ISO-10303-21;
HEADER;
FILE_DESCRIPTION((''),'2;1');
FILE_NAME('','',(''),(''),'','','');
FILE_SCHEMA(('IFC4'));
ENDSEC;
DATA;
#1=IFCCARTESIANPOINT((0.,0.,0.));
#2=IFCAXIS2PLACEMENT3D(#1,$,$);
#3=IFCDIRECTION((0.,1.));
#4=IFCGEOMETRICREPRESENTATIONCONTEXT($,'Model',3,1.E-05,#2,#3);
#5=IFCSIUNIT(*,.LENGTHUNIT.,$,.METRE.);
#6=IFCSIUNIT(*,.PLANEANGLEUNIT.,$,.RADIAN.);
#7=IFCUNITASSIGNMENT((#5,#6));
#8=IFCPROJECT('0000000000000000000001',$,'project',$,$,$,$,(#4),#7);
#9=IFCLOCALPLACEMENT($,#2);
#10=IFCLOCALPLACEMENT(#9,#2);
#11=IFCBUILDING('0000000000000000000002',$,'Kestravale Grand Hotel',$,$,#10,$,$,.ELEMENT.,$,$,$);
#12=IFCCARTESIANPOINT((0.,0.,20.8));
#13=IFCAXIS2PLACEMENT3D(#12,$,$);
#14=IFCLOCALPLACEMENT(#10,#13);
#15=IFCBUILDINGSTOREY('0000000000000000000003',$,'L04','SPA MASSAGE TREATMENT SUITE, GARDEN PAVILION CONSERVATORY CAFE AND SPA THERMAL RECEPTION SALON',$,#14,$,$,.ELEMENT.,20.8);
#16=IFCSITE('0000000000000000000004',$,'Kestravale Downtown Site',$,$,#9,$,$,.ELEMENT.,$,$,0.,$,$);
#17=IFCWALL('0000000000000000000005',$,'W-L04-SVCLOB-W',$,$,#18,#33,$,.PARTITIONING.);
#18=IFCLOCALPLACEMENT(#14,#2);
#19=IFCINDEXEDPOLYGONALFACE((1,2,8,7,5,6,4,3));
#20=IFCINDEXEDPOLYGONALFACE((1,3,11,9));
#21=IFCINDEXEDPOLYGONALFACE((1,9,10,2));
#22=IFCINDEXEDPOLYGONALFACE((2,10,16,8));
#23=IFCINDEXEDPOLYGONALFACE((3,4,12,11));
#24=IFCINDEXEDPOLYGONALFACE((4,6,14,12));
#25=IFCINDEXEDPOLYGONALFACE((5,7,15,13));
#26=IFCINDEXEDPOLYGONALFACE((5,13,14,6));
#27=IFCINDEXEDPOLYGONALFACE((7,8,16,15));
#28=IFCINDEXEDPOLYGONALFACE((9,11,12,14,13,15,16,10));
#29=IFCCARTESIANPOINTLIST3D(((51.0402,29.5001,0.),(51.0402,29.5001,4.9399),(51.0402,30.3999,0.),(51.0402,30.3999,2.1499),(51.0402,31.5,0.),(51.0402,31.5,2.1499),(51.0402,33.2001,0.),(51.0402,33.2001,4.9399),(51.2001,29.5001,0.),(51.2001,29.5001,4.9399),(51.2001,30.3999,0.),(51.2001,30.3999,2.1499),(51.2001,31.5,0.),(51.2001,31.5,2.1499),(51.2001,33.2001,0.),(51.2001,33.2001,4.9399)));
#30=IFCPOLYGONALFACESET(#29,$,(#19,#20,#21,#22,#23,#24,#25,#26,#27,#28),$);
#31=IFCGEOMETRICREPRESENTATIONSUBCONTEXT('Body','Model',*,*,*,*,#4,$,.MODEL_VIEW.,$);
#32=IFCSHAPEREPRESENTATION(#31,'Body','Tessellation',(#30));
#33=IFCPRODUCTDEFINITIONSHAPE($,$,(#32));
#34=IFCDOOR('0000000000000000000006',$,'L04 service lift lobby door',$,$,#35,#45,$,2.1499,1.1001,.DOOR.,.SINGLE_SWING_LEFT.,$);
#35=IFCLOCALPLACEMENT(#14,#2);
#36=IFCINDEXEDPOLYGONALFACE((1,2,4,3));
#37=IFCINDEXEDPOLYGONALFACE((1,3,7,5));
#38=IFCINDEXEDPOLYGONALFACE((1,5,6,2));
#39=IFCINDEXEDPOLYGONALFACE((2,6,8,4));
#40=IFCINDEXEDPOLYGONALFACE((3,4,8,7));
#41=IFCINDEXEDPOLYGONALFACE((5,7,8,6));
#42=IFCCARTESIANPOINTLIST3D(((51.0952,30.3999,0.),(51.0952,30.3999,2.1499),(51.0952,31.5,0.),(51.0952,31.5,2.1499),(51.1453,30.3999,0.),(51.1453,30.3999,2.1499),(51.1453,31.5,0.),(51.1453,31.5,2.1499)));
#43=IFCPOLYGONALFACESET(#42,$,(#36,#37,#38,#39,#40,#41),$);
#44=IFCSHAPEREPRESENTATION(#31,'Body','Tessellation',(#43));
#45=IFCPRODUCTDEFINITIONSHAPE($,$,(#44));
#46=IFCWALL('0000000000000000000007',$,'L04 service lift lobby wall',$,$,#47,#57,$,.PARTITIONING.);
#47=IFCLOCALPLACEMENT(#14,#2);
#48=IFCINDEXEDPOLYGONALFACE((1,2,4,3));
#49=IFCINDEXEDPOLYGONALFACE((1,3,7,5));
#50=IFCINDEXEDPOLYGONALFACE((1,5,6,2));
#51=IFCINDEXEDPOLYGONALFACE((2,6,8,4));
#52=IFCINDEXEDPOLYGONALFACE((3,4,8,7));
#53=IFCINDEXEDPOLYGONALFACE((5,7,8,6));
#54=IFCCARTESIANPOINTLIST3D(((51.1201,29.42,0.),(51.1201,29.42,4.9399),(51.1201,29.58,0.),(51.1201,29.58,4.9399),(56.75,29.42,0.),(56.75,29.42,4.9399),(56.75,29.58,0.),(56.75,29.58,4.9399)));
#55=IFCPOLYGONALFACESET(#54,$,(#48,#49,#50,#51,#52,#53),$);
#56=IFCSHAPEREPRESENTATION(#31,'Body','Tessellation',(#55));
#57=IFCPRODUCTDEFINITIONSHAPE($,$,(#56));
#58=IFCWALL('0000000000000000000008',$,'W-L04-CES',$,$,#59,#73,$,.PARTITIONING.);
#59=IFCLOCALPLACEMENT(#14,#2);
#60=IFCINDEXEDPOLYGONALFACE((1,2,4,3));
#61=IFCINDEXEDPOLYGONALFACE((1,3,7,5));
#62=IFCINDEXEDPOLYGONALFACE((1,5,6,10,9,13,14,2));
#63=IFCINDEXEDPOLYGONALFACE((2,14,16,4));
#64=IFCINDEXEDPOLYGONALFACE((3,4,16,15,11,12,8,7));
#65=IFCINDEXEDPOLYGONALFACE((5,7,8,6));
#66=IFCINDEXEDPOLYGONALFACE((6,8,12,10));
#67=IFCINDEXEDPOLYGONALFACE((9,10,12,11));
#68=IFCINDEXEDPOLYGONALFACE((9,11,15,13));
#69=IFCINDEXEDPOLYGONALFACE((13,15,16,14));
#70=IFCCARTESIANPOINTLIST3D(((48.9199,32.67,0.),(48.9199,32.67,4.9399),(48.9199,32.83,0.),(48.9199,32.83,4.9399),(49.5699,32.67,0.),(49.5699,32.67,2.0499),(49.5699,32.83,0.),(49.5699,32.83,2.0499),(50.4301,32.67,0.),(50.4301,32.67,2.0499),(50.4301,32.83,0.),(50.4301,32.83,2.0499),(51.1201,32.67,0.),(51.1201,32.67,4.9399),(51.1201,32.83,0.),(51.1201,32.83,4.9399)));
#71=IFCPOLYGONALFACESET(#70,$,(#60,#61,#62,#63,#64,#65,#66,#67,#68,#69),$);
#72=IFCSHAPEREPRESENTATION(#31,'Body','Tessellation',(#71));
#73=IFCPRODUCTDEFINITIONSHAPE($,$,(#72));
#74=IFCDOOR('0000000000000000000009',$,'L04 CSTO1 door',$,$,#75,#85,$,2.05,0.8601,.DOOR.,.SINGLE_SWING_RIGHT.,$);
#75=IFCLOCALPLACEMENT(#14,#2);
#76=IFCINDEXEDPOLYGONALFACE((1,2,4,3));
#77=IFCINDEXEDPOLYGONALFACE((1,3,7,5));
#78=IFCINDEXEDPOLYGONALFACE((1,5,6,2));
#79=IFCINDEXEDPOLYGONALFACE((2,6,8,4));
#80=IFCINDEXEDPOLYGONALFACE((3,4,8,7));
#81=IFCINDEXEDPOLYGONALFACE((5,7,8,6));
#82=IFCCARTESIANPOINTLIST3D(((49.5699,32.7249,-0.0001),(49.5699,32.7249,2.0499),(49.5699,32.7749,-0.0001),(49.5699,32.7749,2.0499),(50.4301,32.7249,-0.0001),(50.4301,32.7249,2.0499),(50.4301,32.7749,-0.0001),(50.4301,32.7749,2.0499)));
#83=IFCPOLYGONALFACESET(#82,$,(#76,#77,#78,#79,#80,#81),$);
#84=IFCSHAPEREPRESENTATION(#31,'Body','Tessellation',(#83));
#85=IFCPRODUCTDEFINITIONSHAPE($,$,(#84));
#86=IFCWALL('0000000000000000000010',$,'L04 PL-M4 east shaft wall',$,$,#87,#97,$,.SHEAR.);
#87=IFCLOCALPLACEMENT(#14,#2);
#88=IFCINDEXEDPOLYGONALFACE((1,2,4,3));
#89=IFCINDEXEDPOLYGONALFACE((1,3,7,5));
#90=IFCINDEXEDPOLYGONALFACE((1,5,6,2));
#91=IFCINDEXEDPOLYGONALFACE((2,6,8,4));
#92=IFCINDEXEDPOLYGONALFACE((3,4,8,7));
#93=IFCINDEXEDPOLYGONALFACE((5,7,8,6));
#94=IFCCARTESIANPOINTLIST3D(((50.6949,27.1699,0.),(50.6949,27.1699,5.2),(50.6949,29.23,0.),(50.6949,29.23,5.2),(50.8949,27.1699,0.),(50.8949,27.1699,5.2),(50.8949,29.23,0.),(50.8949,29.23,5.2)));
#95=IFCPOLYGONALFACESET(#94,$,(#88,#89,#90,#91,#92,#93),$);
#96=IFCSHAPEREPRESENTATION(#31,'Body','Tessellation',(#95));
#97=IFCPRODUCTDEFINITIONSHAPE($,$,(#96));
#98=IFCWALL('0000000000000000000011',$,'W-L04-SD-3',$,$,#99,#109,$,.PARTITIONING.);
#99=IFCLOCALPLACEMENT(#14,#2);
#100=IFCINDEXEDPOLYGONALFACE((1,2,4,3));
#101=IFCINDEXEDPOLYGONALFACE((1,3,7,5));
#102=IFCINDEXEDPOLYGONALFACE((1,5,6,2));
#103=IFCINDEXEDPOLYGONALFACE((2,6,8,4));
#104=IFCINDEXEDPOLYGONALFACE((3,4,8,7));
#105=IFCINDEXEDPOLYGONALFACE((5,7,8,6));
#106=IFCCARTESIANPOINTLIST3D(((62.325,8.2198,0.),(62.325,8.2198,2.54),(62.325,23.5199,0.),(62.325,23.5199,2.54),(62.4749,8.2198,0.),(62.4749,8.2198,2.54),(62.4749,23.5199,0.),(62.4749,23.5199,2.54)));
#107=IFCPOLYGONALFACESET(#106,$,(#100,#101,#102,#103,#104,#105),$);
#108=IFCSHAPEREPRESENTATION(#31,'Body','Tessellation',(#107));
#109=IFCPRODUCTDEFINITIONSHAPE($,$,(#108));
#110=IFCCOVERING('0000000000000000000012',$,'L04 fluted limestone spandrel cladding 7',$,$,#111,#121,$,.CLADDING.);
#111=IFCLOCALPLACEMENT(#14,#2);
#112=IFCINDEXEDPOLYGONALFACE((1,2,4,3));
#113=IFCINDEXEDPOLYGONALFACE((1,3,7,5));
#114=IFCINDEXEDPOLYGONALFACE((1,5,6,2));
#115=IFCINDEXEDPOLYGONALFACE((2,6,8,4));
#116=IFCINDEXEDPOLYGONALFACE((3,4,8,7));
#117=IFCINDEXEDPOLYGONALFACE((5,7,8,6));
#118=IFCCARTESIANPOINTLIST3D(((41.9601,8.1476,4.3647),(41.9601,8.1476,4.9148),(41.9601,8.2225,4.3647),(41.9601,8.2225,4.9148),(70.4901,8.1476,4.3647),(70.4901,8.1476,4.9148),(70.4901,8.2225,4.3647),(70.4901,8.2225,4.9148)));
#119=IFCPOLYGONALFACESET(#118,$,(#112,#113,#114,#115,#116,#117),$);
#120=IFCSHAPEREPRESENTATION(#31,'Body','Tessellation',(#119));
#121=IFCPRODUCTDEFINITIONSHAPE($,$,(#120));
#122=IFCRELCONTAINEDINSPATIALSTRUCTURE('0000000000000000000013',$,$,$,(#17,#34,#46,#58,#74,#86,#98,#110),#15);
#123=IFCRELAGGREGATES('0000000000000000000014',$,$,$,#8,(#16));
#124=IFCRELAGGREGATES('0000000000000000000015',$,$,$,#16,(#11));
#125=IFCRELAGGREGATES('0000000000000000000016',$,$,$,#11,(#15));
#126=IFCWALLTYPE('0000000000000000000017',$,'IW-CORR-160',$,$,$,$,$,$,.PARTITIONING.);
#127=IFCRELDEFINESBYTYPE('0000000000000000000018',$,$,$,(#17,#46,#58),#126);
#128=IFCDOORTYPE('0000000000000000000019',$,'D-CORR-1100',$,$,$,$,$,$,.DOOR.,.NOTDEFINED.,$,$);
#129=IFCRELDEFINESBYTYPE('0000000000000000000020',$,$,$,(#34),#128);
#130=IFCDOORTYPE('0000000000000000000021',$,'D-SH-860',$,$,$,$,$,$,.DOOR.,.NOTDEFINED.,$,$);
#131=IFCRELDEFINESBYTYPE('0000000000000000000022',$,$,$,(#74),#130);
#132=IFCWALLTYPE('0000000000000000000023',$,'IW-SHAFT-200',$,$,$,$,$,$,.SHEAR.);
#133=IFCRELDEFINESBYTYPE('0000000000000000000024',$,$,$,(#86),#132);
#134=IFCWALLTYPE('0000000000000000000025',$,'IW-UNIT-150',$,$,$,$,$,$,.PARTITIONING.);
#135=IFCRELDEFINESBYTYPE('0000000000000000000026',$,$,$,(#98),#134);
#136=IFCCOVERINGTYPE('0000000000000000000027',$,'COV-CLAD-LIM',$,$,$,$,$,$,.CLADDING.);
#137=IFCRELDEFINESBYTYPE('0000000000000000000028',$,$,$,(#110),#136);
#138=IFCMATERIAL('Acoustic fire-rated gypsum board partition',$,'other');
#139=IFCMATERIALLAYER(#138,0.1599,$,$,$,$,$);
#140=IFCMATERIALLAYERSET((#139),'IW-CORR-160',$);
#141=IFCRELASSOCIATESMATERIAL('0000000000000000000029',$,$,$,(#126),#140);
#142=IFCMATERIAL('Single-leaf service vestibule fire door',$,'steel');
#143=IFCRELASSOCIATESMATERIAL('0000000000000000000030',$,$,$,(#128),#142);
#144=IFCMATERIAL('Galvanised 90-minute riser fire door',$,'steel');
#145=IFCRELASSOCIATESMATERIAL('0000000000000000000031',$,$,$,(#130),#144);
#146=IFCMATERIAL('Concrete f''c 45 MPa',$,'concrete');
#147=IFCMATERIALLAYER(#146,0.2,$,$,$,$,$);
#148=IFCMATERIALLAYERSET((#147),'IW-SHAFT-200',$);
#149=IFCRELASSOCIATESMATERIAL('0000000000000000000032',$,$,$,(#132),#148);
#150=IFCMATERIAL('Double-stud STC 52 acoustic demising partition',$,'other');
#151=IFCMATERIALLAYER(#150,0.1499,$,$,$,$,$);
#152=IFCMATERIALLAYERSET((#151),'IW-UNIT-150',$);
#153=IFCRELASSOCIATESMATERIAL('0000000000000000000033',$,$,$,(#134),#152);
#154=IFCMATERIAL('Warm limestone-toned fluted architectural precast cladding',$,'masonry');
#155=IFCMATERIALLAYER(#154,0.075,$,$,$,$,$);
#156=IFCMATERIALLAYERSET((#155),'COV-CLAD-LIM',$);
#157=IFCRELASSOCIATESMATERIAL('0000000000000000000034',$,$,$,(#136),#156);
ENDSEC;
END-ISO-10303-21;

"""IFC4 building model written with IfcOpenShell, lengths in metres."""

from ifc_helpers import new_model, si_unit, direction, frame, frame_2d, origin, origin_2d, place, context, subcontext, project, spatial, rectangle, extrude, material, layer, layer_set, type_object, element, fill, save


model = new_model("IFC4")

# Units and contexts
model_context = context("Model", 3, precision=1e-05, world=origin(), true_north=direction((0.0, 1.0)))
body_context = subcontext(model_context, "Body", "Model", "MODEL_VIEW")
ifc_project = project(units=[si_unit("LENGTHUNIT", "METRE"), si_unit("PLANEANGLEUNIT", "RADIAN")], contexts=[model_context])

# Site, building, storey
site_placement = place(None, origin())
site = spatial("IfcSite", under=ifc_project, at=site_placement, Name="Kestravale Downtown Site", CompositionType="ELEMENT", RefElevation=0.0)
building_placement = place(site_placement, origin())
building = spatial("IfcBuilding", under=site, at=building_placement, Name="Kestravale Grand Hotel", CompositionType="ELEMENT")
storey_placement = place(building_placement, frame((0.0, 0.0, 20.8)))
storey = spatial("IfcBuildingStorey", under=building, at=storey_placement, Name="L04", Description="SPA MASSAGE TREATMENT SUITE, GARDEN PAVILION CONSERVATORY CAFE AND SPA THERMAL RECEPTION SALON", CompositionType="ELEMENT", Elevation=20.8)

# Wall, opening, door
ifc_material_1 = material(Name="Acoustic fire-rated gypsum board partition", Category="other")
ifc_layer_1 = layer(ifc_material_1, 0.1599)
ifc_layer_set_1 = layer_set([ifc_layer_1], Name="IW-CORR-160")
wall_type_1 = type_object("IfcWallType", Name="IW-CORR-160", PredefinedType="PARTITIONING", material=ifc_layer_set_1)
wall_1_placement = place(storey_placement, frame((51.1201, 29.5, 0.0), z_axis=(0.0, 0.0, 1.0), x_axis=(0.0, 1.0, 0.0)))
wall_1 = element("IfcWall", 1, at=wall_1_placement, inside=storey, type_object=wall_type_1, Name="W-L04-SVCLOB-W", PredefinedType="PARTITIONING", context=body_context, shape_type="SweptSolid", body=[
    extrude(rectangle(XDim=3.7, YDim=0.1599, at=frame_2d((1.8501, 0.0))), origin(), (0.0, 0.0, 1.0), 4.9399),
])
opening_1_placement = place(wall_1_placement, frame((0.8999, 0.0, 0.0)))
opening_1 = element("IfcOpeningElement", 2, at=opening_1_placement, cuts=wall_1, PredefinedType="OPENING", context=body_context, shape_type="SweptSolid", body=[
    extrude(rectangle(XDim=1.1001, YDim=2.1499, at=frame_2d((0.55, 1.075))), frame((0.0, 0.0898, 0.0), z_axis=(0.0, -1.0, 0.0), x_axis=(1.0, 0.0, 0.0)), (0.0, 0.0, 1.0), 0.1799),
])
ifc_material_2 = material(Name="Single-leaf service vestibule fire door", Category="steel")
door_type_1 = type_object("IfcDoorType", Name="D-CORR-1100", OperationType="NOTDEFINED", PredefinedType="DOOR", material=ifc_material_2)
door_1_placement = place(opening_1_placement, origin())
door_1 = element("IfcDoor", 3, at=door_1_placement, inside=storey, type_object=door_type_1, Name="L04 service lift lobby door", OperationType="SINGLE_SWING_LEFT", OverallHeight=2.1499, OverallWidth=1.1001, PredefinedType="DOOR", context=body_context, shape_type="SweptSolid", body=[
    extrude(rectangle(XDim=1.1001, YDim=2.1499, at=frame_2d((0.55, 1.075))), frame((0.0, 0.0249, 0.0), z_axis=(0.0, -1.0, 0.0), x_axis=(1.0, 0.0, 0.0)), (0.0, 0.0, 1.0), 0.05),
])
fill(opening_1, door_1)

# Wall
wall_2_placement = place(storey_placement, frame((51.1201, 29.5, 0.0), z_axis=(0.0, 0.0, 1.0), x_axis=(1.0, 0.0, 0.0)))
element("IfcWall", 4, at=wall_2_placement, inside=storey, type_object=wall_type_1, Name="L04 service lift lobby wall", PredefinedType="PARTITIONING", context=body_context, shape_type="SweptSolid", body=[
    extrude(rectangle(XDim=5.6299, YDim=0.1599, at=frame_2d((2.8149, 0.0))), origin(), (0.0, 0.0, 1.0), 4.9399),
])

# Wall, opening, door
wall_3_placement = place(storey_placement, frame((48.9199, 32.75, 0.0), z_axis=(0.0, 0.0, 1.0), x_axis=(1.0, 0.0, 0.0)))
wall_3 = element("IfcWall", 5, at=wall_3_placement, inside=storey, type_object=wall_type_1, Name="W-L04-CES", PredefinedType="PARTITIONING", context=body_context, shape_type="SweptSolid", body=[
    extrude(rectangle(XDim=2.2002, YDim=0.1599, at=frame_2d((1.1001, 0.0))), origin(), (0.0, 0.0, 1.0), 4.9399),
])
opening_2_placement = place(wall_3_placement, frame((0.6499, 0.0, 0.0)))
opening_2 = element("IfcOpeningElement", 6, at=opening_2_placement, cuts=wall_3, PredefinedType="OPENING", context=body_context, shape_type="SweptSolid", body=[
    extrude(rectangle(XDim=0.8601, YDim=2.05, at=frame_2d((0.4302, 1.0249))), frame((0.0, 0.0898, 0.0), z_axis=(0.0, -1.0, 0.0), x_axis=(1.0, 0.0, 0.0)), (0.0, 0.0, 1.0), 0.1799),
])
ifc_material_3 = material(Name="Galvanised 90-minute riser fire door", Category="steel")
door_type_2 = type_object("IfcDoorType", Name="D-SH-860", OperationType="NOTDEFINED", PredefinedType="DOOR", material=ifc_material_3)
door_2_placement = place(opening_2_placement, origin())
door_2 = element("IfcDoor", 7, at=door_2_placement, inside=storey, type_object=door_type_2, Name="L04 CSTO1 door", OperationType="SINGLE_SWING_RIGHT", OverallHeight=2.05, OverallWidth=0.8601, PredefinedType="DOOR", context=body_context, shape_type="SweptSolid", body=[
    extrude(rectangle(XDim=0.8601, YDim=2.05, at=frame_2d((0.4302, 1.0249))), frame((0.0, 0.0249, 0.0), z_axis=(0.0, -1.0, 0.0), x_axis=(1.0, 0.0, 0.0)), (0.0, 0.0, 1.0), 0.05),
])
fill(opening_2, door_2)

# Walls
ifc_material_4 = material(Name="Concrete f'c 45 MPa", Category="concrete")
ifc_layer_2 = layer(ifc_material_4, 0.2)
ifc_layer_set_2 = layer_set([ifc_layer_2], Name="IW-SHAFT-200")
wall_type_2 = type_object("IfcWallType", Name="IW-SHAFT-200", PredefinedType="SHEAR", material=ifc_layer_set_2)
wall_4_placement = place(storey_placement, frame((50.7949, 27.1699, 0.0), z_axis=(0.0, 0.0, 1.0), x_axis=(0.0, 1.0, 0.0)))
element("IfcWall", 8, at=wall_4_placement, inside=storey, type_object=wall_type_2, Name="L04 PL-M4 east shaft wall", PredefinedType="SHEAR", context=body_context, shape_type="SweptSolid", body=[
    extrude(rectangle(XDim=2.0601, YDim=0.2, at=frame_2d((1.03, 0.0))), origin(), (0.0, 0.0, 1.0), 5.2),
])
ifc_material_5 = material(Name="Double-stud STC 52 acoustic demising partition", Category="other")
ifc_layer_3 = layer(ifc_material_5, 0.1499)
ifc_layer_set_3 = layer_set([ifc_layer_3], Name="IW-UNIT-150")
wall_type_3 = type_object("IfcWallType", Name="IW-UNIT-150", PredefinedType="PARTITIONING", material=ifc_layer_set_3)
wall_5_placement = place(storey_placement, frame((62.3999, 8.22, 0.0), z_axis=(0.0, 0.0, 1.0), x_axis=(0.0, 1.0, 0.0)))
element("IfcWall", 9, at=wall_5_placement, inside=storey, type_object=wall_type_3, Name="W-L04-SD-3", PredefinedType="PARTITIONING", context=body_context, shape_type="SweptSolid", body=[
    extrude(rectangle(XDim=15.3, YDim=0.1499, at=frame_2d((7.6499, 0.0))), origin(), (0.0, 0.0, 1.0), 2.54),
])

# Covering
ifc_material_6 = material(Name="Warm limestone-toned fluted architectural precast cladding", Category="masonry")
ifc_layer_4 = layer(ifc_material_6, 0.075)
ifc_layer_set_4 = layer_set([ifc_layer_4], Name="COV-CLAD-LIM")
covering_type = type_object("IfcCoveringType", Name="COV-CLAD-LIM", PredefinedType="CLADDING", material=ifc_layer_set_4)
covering_placement = place(storey_placement, frame((56.2251, 8.1851, 4.3647), z_axis=(0.0, 0.0, 1.0), x_axis=(1.0, 0.0, 0.0)))
element("IfcCovering", 10, at=covering_placement, inside=storey, type_object=covering_type, Name="L04 fluted limestone spandrel cladding 7", PredefinedType="CLADDING", context=body_context, shape_type="SweptSolid", body=[
    extrude(rectangle(XDim=28.53, YDim=0.075, at=origin_2d()), origin(), (0.0, 0.0, 1.0), 0.55),
])

save(model, "model.ifc")
